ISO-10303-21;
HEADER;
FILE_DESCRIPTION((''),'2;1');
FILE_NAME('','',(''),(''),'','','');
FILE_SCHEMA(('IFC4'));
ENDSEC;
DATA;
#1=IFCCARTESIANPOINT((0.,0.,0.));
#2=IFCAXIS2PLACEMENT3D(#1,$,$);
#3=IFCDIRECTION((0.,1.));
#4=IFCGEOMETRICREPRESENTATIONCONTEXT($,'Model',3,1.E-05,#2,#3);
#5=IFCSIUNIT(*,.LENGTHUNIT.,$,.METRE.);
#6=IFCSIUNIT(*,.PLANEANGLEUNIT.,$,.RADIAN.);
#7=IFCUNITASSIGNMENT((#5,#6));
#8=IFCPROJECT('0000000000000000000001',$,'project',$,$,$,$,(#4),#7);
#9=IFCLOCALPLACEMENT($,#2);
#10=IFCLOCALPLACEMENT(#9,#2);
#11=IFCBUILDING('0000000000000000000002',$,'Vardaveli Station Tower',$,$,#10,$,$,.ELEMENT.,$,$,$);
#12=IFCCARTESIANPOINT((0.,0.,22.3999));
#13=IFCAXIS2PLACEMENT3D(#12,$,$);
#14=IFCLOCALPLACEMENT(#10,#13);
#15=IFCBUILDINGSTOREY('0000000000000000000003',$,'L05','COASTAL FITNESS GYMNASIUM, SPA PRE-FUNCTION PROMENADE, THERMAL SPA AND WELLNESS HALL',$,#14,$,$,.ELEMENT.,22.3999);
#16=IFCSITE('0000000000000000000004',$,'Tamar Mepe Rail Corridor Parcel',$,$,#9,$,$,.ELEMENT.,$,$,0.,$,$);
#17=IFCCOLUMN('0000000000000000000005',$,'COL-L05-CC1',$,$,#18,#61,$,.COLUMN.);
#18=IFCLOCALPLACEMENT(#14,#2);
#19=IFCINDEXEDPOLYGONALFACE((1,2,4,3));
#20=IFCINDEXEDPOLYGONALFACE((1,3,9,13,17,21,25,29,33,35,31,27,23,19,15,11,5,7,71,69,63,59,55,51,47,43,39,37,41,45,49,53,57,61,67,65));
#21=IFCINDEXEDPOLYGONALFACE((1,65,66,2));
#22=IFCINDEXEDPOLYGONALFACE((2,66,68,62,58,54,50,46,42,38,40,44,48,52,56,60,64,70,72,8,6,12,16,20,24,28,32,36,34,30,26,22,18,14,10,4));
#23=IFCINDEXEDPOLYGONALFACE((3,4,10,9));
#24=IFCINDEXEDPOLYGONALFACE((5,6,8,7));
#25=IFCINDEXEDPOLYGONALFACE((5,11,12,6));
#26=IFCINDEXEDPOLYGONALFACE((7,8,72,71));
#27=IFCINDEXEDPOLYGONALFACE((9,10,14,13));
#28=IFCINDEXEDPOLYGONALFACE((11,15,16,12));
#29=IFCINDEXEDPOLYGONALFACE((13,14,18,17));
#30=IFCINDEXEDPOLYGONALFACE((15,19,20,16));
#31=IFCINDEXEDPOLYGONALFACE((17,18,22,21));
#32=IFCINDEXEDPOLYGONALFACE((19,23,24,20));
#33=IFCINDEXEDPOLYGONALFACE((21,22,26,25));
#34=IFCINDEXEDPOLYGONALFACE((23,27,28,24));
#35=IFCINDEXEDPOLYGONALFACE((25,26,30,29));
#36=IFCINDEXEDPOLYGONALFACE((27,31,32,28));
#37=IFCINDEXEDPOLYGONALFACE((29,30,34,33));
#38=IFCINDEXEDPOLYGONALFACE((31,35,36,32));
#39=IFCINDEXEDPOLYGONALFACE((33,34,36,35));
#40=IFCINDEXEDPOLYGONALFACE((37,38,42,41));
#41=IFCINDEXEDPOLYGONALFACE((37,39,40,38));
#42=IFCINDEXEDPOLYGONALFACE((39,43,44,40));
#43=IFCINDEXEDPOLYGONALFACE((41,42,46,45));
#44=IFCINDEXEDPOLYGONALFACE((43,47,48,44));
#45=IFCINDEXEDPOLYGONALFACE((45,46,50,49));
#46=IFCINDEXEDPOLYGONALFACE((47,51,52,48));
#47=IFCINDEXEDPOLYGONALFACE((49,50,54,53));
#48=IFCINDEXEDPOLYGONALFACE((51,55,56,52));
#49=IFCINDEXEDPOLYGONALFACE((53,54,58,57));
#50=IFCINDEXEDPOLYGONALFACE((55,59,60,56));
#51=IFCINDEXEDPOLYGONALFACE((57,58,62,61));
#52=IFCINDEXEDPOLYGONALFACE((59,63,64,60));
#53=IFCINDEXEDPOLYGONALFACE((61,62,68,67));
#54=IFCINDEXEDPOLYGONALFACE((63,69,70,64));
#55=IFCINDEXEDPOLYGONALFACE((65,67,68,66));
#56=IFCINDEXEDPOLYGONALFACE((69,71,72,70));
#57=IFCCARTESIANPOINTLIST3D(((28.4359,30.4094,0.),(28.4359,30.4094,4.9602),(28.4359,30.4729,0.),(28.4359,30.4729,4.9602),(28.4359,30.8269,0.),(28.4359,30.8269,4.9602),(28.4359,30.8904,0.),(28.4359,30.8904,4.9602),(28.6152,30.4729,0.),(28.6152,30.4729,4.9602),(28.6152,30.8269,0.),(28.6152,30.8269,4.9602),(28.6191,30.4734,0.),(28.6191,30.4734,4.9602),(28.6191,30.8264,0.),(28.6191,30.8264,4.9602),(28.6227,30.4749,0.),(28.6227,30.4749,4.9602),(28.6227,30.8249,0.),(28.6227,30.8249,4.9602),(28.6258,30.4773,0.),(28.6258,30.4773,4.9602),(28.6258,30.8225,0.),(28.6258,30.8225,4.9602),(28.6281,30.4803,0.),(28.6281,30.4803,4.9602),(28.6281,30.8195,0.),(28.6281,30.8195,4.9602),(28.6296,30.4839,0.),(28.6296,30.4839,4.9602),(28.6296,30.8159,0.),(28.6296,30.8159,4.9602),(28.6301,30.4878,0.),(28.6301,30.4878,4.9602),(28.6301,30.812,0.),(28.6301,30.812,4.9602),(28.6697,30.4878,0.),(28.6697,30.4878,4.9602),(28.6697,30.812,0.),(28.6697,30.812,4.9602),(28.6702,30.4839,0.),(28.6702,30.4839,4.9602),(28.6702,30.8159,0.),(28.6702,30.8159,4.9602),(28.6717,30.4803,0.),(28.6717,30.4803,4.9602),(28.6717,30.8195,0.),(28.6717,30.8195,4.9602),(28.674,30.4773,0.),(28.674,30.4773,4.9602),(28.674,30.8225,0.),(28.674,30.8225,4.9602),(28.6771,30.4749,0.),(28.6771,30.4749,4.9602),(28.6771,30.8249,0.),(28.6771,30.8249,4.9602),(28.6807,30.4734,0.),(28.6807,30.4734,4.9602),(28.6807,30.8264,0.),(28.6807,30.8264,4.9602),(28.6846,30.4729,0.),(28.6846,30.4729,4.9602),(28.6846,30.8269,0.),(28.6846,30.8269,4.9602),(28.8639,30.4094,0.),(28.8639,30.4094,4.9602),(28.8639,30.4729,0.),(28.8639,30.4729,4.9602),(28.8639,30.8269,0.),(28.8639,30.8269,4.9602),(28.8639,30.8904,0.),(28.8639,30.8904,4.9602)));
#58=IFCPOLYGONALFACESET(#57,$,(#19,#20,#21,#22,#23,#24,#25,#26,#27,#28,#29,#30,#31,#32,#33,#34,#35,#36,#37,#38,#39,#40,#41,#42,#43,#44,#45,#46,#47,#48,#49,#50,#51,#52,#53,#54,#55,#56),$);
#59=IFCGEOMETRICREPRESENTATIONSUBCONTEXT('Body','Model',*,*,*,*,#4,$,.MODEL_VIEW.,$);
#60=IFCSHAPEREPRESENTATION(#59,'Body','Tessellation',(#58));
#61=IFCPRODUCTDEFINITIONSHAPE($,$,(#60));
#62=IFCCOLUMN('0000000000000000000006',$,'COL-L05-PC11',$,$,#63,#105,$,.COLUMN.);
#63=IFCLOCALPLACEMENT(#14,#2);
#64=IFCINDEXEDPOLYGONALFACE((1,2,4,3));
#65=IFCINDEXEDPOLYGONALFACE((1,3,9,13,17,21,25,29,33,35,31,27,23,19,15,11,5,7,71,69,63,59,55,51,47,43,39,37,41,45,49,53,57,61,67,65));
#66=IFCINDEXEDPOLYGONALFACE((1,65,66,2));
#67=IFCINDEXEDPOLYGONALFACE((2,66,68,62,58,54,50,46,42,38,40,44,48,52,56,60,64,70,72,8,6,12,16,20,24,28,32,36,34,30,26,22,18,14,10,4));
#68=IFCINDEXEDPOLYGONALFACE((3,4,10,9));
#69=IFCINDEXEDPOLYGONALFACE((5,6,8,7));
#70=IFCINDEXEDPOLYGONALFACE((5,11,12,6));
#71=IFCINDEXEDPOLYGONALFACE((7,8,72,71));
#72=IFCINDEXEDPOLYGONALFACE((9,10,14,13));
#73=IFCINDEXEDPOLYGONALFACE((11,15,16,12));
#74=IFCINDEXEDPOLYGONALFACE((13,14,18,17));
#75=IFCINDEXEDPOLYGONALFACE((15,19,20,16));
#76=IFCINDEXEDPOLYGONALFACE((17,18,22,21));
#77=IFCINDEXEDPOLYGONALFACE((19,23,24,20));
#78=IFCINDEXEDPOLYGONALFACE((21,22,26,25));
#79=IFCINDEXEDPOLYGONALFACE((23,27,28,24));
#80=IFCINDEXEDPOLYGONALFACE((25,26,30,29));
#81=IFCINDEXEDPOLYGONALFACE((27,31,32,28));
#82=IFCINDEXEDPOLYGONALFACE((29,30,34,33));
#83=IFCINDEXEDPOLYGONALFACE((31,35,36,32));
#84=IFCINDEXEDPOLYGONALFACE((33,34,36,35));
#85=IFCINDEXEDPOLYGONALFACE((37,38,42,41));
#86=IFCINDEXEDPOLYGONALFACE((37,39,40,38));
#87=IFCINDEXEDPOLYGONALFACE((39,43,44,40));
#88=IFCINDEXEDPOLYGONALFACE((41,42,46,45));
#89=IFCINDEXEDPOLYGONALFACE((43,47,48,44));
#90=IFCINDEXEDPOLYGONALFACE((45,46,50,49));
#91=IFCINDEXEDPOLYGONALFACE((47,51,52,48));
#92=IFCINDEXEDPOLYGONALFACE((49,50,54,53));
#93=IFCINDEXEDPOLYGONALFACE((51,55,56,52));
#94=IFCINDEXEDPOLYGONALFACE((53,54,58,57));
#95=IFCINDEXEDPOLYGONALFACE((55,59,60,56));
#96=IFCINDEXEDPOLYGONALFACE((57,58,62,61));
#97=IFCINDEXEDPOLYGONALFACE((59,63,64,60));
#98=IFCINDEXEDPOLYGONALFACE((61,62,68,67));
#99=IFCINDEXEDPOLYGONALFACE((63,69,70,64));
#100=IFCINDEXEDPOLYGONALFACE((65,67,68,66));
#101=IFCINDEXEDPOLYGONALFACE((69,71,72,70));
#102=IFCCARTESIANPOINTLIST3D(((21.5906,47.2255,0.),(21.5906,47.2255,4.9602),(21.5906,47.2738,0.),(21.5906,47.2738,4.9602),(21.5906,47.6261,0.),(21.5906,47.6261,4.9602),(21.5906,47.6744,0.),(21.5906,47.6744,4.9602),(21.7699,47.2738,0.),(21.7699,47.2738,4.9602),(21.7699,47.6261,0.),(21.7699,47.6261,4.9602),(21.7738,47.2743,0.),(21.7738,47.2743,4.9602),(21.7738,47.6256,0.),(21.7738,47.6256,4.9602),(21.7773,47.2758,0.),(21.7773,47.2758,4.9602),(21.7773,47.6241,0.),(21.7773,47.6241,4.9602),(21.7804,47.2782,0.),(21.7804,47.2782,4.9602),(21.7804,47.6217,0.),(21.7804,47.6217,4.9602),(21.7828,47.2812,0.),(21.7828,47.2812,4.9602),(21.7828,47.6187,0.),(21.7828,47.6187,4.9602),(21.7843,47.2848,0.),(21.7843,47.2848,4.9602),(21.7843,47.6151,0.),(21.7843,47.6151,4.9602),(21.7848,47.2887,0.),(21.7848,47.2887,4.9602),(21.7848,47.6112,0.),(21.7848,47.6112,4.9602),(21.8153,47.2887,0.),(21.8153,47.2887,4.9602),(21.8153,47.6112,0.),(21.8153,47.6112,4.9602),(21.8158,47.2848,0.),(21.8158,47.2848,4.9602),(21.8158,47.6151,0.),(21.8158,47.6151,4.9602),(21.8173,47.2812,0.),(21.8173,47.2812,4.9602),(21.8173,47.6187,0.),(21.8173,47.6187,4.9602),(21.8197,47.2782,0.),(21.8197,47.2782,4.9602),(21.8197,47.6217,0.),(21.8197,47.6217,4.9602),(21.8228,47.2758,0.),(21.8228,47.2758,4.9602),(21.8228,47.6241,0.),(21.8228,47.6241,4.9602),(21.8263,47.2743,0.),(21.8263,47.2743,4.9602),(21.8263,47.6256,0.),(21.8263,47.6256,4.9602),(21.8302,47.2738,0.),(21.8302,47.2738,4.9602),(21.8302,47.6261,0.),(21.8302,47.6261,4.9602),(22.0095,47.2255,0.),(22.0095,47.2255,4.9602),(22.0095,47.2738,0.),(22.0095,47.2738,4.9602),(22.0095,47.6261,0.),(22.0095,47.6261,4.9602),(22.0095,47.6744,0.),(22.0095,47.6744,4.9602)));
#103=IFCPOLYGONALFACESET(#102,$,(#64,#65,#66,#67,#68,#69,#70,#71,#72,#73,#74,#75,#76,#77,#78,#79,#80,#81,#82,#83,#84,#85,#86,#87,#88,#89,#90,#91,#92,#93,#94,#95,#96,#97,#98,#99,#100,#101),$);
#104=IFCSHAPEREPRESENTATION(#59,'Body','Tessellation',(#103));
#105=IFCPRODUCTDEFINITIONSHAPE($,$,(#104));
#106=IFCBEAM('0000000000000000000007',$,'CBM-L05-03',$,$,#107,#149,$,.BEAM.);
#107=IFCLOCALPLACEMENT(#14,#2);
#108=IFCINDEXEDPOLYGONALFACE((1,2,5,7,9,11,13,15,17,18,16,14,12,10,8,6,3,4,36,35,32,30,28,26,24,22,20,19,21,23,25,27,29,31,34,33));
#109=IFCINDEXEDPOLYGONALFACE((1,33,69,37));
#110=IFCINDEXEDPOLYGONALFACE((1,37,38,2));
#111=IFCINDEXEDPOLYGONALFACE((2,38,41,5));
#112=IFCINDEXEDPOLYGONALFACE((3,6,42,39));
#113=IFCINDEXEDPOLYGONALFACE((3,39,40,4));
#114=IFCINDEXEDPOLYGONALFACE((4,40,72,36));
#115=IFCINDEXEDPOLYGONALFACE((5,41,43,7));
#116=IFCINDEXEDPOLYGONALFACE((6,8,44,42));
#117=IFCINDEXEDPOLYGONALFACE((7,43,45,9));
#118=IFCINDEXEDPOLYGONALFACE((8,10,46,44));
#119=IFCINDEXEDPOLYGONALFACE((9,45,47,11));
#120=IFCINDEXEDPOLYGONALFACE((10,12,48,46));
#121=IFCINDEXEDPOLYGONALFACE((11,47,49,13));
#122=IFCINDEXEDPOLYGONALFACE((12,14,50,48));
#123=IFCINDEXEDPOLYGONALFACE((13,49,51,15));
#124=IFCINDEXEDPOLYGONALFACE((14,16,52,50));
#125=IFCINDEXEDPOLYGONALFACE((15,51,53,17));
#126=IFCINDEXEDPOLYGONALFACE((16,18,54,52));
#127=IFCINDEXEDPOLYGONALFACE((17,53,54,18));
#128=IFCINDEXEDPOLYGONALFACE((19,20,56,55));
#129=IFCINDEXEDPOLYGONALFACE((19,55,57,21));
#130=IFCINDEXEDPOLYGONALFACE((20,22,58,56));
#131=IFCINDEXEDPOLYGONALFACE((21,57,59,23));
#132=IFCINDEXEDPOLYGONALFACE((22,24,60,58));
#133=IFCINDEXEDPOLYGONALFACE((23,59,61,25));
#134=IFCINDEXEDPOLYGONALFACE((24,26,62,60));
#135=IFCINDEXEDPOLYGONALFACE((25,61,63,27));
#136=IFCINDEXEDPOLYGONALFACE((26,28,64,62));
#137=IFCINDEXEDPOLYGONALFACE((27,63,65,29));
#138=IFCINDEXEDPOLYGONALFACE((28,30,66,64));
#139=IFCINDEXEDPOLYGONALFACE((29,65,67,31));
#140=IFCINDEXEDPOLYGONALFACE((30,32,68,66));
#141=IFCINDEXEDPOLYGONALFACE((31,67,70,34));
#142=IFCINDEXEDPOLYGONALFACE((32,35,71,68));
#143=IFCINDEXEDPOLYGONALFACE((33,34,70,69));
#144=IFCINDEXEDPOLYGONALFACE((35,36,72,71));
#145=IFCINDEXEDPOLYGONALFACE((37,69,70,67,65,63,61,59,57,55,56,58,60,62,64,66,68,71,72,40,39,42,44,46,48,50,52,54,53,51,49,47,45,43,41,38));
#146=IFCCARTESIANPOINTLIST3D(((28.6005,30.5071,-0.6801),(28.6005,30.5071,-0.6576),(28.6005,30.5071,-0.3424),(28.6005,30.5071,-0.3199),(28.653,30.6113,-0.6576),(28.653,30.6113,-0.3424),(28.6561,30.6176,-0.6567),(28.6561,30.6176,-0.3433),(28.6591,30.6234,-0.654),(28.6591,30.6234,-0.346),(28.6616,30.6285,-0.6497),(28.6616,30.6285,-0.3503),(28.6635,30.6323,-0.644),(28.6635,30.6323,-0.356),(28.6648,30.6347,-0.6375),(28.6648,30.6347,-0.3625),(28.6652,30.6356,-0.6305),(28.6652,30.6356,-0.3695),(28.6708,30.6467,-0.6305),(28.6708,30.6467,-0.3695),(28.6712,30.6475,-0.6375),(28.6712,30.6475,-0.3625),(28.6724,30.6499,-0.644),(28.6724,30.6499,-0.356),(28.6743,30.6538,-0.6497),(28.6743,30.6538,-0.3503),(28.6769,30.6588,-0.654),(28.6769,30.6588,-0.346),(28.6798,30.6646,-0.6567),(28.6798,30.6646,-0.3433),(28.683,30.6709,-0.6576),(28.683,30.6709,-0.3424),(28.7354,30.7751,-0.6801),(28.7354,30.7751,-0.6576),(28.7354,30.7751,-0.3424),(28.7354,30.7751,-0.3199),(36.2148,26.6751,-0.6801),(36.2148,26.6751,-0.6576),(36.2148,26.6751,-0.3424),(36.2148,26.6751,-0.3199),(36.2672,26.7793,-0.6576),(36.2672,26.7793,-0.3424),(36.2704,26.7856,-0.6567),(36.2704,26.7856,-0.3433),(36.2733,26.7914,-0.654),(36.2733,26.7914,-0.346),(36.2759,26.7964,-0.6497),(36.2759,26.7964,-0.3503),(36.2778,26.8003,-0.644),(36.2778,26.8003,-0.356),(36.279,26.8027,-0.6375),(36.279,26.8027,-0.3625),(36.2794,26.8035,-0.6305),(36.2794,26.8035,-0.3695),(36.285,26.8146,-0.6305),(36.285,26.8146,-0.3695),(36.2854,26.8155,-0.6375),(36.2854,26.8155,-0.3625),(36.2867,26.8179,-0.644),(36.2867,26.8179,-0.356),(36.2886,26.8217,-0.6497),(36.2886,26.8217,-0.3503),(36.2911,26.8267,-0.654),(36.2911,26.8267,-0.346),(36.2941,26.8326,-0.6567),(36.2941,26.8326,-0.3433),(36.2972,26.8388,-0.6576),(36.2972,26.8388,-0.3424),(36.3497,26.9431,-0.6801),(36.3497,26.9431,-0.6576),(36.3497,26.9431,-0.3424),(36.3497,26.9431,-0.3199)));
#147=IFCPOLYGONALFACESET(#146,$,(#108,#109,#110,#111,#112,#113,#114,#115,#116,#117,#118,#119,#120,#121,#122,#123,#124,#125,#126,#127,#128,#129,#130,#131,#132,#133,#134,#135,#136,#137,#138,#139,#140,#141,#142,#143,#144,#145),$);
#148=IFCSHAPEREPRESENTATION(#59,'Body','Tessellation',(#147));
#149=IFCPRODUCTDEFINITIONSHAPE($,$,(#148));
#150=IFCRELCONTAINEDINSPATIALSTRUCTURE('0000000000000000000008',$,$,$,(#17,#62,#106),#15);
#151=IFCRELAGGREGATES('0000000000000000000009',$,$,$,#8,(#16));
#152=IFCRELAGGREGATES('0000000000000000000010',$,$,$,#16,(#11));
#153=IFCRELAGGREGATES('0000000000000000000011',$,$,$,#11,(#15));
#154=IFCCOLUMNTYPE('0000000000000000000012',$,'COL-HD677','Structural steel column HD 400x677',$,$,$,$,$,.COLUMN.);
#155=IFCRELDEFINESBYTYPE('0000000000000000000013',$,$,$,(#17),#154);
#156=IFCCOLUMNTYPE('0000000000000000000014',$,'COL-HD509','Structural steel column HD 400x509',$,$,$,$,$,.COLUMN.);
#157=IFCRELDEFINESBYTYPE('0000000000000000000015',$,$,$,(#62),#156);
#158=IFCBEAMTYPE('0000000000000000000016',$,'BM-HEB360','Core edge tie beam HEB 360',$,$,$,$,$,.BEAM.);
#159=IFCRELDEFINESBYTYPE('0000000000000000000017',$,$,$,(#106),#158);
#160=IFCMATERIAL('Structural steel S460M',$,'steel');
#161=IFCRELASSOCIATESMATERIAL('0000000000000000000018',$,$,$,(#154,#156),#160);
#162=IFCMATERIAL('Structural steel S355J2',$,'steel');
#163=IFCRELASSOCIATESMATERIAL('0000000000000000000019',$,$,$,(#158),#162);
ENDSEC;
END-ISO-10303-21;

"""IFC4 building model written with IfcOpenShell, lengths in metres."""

from ifc_helpers import new_model, si_unit, direction, frame, origin, origin_2d, place, context, subcontext, project, spatial, i_section, extrude, source, transform, mapped, material, material_profile, profile_set, type_object, element, save


model = new_model("IFC4")

# Units and contexts
model_context = context("Model", 3, precision=1e-05, world=origin(), true_north=direction((0.0, 1.0)))
body_context = subcontext(model_context, "Body", "Model", "MODEL_VIEW")
ifc_project = project(units=[si_unit("LENGTHUNIT", "METRE"), si_unit("PLANEANGLEUNIT", "RADIAN")], contexts=[model_context])

# Site, building, storey
site_placement = place(None, origin())
site = spatial("IfcSite", under=ifc_project, at=site_placement, Name="Tamar Mepe Rail Corridor Parcel", CompositionType="ELEMENT", RefElevation=0.0)
building_placement = place(site_placement, origin())
building = spatial("IfcBuilding", under=site, at=building_placement, Name="Vardaveli Station Tower", CompositionType="ELEMENT")
storey_placement = place(building_placement, frame((0.0, 0.0, 22.3999)))
storey = spatial("IfcBuildingStorey", under=building, at=storey_placement, Name="L05", Description="COASTAL FITNESS GYMNASIUM, SPA PRE-FUNCTION PROMENADE, THERMAL SPA AND WELLNESS HALL", CompositionType="ELEMENT", Elevation=22.3999)

# Columns
ifc_material_1 = material(Name="Structural steel S460M", Category="steel")
ifc_material_profile_1 = material_profile(ifc_material_1, i_section(OverallWidth=0.428, OverallDepth=0.481, WebThickness=0.0396, FlangeThickness=0.0635, FilletRadius=0.0149, at=origin_2d()), Name="HD 400x677")
ifc_profile_set_1 = profile_set([ifc_material_profile_1], Name="Structural steel S460M")
column_type_1 = type_object("IfcColumnType", Name="COL-HD677", Description="Structural steel column HD 400x677", PredefinedType="COLUMN", material=ifc_profile_set_1)
shared_shape_1 = source(origin(), body_context, "Body", "SweptSolid", [
    extrude(i_section(OverallWidth=0.428, OverallDepth=0.481, WebThickness=0.0396, FlangeThickness=0.0635, FilletRadius=0.0149, at=origin_2d()), origin(), (0.0, 0.0, 1.0), 4.9602),
])
column_1_placement = place(storey_placement, frame((28.6499, 30.6499, 0.0), z_axis=(0.0, 0.0, 1.0), x_axis=(1.0, 0.0, 0.0)))
element("IfcColumn", 1, at=column_1_placement, inside=storey, type_object=column_type_1, Name="COL-L05-CC1", PredefinedType="COLUMN", context=body_context, shape_type="MappedRepresentation", body=[
    mapped(shared_shape_1, transform((0.0, 0.0, 0.0), scale=1.0)),
])
ifc_material_profile_2 = material_profile(ifc_material_1, i_section(OverallWidth=0.4189, OverallDepth=0.449, WebThickness=0.0305, FlangeThickness=0.0483, FilletRadius=0.0149, at=origin_2d()), Name="HD 400x509")
ifc_profile_set_2 = profile_set([ifc_material_profile_2], Name="Structural steel S460M")
column_type_2 = type_object("IfcColumnType", Name="COL-HD509", Description="Structural steel column HD 400x509", PredefinedType="COLUMN", material=ifc_profile_set_2)
shared_shape_2 = source(origin(), body_context, "Body", "SweptSolid", [
    extrude(i_section(OverallWidth=0.4189, OverallDepth=0.449, WebThickness=0.0305, FlangeThickness=0.0483, FilletRadius=0.0149, at=origin_2d()), origin(), (0.0, 0.0, 1.0), 4.9602),
])
column_2_placement = place(storey_placement, frame((21.8, 47.45, 0.0), z_axis=(0.0, 0.0, 1.0), x_axis=(1.0, 0.0, 0.0)))
element("IfcColumn", 2, at=column_2_placement, inside=storey, type_object=column_type_2, Name="COL-L05-PC11", PredefinedType="COLUMN", context=body_context, shape_type="MappedRepresentation", body=[
    mapped(shared_shape_2, transform((0.0, 0.0, 0.0), scale=1.0)),
])

# Beam
ifc_material_2 = material(Name="Structural steel S355J2", Category="steel")
ifc_material_profile_3 = material_profile(ifc_material_2, i_section(OverallWidth=0.3, OverallDepth=0.3601, WebThickness=0.0125, FlangeThickness=0.0225, FilletRadius=0.0271, at=origin_2d()), Name="HEB 360")
ifc_profile_set_3 = profile_set([ifc_material_profile_3], Name="Structural steel S355J2")
beam_type = type_object("IfcBeamType", Name="BM-HEB360", Description="Core edge tie beam HEB 360", PredefinedType="BEAM", material=ifc_profile_set_3)
shared_shape_3 = source(origin(), body_context, "Body", "SweptSolid", [
    extrude(i_section(OverallWidth=0.3, OverallDepth=0.3601, WebThickness=0.0125, FlangeThickness=0.0225, FilletRadius=0.0271, at=origin_2d()), origin(), (0.0, 0.0, 1.0), 8.5242),
])
beam_placement = place(storey_placement, frame((28.668, 30.6411, -0.5), z_axis=(0.893256, -0.449549, 0.0), x_axis=(0.449549, 0.893256, 0.0)))
element("IfcBeam", 3, at=beam_placement, inside=storey, type_object=beam_type, Name="CBM-L05-03", PredefinedType="BEAM", context=body_context, shape_type="MappedRepresentation", body=[
    mapped(shared_shape_3, transform((0.0, 0.0, 0.0), scale=1.0)),
])

save(model, "model.ifc")
